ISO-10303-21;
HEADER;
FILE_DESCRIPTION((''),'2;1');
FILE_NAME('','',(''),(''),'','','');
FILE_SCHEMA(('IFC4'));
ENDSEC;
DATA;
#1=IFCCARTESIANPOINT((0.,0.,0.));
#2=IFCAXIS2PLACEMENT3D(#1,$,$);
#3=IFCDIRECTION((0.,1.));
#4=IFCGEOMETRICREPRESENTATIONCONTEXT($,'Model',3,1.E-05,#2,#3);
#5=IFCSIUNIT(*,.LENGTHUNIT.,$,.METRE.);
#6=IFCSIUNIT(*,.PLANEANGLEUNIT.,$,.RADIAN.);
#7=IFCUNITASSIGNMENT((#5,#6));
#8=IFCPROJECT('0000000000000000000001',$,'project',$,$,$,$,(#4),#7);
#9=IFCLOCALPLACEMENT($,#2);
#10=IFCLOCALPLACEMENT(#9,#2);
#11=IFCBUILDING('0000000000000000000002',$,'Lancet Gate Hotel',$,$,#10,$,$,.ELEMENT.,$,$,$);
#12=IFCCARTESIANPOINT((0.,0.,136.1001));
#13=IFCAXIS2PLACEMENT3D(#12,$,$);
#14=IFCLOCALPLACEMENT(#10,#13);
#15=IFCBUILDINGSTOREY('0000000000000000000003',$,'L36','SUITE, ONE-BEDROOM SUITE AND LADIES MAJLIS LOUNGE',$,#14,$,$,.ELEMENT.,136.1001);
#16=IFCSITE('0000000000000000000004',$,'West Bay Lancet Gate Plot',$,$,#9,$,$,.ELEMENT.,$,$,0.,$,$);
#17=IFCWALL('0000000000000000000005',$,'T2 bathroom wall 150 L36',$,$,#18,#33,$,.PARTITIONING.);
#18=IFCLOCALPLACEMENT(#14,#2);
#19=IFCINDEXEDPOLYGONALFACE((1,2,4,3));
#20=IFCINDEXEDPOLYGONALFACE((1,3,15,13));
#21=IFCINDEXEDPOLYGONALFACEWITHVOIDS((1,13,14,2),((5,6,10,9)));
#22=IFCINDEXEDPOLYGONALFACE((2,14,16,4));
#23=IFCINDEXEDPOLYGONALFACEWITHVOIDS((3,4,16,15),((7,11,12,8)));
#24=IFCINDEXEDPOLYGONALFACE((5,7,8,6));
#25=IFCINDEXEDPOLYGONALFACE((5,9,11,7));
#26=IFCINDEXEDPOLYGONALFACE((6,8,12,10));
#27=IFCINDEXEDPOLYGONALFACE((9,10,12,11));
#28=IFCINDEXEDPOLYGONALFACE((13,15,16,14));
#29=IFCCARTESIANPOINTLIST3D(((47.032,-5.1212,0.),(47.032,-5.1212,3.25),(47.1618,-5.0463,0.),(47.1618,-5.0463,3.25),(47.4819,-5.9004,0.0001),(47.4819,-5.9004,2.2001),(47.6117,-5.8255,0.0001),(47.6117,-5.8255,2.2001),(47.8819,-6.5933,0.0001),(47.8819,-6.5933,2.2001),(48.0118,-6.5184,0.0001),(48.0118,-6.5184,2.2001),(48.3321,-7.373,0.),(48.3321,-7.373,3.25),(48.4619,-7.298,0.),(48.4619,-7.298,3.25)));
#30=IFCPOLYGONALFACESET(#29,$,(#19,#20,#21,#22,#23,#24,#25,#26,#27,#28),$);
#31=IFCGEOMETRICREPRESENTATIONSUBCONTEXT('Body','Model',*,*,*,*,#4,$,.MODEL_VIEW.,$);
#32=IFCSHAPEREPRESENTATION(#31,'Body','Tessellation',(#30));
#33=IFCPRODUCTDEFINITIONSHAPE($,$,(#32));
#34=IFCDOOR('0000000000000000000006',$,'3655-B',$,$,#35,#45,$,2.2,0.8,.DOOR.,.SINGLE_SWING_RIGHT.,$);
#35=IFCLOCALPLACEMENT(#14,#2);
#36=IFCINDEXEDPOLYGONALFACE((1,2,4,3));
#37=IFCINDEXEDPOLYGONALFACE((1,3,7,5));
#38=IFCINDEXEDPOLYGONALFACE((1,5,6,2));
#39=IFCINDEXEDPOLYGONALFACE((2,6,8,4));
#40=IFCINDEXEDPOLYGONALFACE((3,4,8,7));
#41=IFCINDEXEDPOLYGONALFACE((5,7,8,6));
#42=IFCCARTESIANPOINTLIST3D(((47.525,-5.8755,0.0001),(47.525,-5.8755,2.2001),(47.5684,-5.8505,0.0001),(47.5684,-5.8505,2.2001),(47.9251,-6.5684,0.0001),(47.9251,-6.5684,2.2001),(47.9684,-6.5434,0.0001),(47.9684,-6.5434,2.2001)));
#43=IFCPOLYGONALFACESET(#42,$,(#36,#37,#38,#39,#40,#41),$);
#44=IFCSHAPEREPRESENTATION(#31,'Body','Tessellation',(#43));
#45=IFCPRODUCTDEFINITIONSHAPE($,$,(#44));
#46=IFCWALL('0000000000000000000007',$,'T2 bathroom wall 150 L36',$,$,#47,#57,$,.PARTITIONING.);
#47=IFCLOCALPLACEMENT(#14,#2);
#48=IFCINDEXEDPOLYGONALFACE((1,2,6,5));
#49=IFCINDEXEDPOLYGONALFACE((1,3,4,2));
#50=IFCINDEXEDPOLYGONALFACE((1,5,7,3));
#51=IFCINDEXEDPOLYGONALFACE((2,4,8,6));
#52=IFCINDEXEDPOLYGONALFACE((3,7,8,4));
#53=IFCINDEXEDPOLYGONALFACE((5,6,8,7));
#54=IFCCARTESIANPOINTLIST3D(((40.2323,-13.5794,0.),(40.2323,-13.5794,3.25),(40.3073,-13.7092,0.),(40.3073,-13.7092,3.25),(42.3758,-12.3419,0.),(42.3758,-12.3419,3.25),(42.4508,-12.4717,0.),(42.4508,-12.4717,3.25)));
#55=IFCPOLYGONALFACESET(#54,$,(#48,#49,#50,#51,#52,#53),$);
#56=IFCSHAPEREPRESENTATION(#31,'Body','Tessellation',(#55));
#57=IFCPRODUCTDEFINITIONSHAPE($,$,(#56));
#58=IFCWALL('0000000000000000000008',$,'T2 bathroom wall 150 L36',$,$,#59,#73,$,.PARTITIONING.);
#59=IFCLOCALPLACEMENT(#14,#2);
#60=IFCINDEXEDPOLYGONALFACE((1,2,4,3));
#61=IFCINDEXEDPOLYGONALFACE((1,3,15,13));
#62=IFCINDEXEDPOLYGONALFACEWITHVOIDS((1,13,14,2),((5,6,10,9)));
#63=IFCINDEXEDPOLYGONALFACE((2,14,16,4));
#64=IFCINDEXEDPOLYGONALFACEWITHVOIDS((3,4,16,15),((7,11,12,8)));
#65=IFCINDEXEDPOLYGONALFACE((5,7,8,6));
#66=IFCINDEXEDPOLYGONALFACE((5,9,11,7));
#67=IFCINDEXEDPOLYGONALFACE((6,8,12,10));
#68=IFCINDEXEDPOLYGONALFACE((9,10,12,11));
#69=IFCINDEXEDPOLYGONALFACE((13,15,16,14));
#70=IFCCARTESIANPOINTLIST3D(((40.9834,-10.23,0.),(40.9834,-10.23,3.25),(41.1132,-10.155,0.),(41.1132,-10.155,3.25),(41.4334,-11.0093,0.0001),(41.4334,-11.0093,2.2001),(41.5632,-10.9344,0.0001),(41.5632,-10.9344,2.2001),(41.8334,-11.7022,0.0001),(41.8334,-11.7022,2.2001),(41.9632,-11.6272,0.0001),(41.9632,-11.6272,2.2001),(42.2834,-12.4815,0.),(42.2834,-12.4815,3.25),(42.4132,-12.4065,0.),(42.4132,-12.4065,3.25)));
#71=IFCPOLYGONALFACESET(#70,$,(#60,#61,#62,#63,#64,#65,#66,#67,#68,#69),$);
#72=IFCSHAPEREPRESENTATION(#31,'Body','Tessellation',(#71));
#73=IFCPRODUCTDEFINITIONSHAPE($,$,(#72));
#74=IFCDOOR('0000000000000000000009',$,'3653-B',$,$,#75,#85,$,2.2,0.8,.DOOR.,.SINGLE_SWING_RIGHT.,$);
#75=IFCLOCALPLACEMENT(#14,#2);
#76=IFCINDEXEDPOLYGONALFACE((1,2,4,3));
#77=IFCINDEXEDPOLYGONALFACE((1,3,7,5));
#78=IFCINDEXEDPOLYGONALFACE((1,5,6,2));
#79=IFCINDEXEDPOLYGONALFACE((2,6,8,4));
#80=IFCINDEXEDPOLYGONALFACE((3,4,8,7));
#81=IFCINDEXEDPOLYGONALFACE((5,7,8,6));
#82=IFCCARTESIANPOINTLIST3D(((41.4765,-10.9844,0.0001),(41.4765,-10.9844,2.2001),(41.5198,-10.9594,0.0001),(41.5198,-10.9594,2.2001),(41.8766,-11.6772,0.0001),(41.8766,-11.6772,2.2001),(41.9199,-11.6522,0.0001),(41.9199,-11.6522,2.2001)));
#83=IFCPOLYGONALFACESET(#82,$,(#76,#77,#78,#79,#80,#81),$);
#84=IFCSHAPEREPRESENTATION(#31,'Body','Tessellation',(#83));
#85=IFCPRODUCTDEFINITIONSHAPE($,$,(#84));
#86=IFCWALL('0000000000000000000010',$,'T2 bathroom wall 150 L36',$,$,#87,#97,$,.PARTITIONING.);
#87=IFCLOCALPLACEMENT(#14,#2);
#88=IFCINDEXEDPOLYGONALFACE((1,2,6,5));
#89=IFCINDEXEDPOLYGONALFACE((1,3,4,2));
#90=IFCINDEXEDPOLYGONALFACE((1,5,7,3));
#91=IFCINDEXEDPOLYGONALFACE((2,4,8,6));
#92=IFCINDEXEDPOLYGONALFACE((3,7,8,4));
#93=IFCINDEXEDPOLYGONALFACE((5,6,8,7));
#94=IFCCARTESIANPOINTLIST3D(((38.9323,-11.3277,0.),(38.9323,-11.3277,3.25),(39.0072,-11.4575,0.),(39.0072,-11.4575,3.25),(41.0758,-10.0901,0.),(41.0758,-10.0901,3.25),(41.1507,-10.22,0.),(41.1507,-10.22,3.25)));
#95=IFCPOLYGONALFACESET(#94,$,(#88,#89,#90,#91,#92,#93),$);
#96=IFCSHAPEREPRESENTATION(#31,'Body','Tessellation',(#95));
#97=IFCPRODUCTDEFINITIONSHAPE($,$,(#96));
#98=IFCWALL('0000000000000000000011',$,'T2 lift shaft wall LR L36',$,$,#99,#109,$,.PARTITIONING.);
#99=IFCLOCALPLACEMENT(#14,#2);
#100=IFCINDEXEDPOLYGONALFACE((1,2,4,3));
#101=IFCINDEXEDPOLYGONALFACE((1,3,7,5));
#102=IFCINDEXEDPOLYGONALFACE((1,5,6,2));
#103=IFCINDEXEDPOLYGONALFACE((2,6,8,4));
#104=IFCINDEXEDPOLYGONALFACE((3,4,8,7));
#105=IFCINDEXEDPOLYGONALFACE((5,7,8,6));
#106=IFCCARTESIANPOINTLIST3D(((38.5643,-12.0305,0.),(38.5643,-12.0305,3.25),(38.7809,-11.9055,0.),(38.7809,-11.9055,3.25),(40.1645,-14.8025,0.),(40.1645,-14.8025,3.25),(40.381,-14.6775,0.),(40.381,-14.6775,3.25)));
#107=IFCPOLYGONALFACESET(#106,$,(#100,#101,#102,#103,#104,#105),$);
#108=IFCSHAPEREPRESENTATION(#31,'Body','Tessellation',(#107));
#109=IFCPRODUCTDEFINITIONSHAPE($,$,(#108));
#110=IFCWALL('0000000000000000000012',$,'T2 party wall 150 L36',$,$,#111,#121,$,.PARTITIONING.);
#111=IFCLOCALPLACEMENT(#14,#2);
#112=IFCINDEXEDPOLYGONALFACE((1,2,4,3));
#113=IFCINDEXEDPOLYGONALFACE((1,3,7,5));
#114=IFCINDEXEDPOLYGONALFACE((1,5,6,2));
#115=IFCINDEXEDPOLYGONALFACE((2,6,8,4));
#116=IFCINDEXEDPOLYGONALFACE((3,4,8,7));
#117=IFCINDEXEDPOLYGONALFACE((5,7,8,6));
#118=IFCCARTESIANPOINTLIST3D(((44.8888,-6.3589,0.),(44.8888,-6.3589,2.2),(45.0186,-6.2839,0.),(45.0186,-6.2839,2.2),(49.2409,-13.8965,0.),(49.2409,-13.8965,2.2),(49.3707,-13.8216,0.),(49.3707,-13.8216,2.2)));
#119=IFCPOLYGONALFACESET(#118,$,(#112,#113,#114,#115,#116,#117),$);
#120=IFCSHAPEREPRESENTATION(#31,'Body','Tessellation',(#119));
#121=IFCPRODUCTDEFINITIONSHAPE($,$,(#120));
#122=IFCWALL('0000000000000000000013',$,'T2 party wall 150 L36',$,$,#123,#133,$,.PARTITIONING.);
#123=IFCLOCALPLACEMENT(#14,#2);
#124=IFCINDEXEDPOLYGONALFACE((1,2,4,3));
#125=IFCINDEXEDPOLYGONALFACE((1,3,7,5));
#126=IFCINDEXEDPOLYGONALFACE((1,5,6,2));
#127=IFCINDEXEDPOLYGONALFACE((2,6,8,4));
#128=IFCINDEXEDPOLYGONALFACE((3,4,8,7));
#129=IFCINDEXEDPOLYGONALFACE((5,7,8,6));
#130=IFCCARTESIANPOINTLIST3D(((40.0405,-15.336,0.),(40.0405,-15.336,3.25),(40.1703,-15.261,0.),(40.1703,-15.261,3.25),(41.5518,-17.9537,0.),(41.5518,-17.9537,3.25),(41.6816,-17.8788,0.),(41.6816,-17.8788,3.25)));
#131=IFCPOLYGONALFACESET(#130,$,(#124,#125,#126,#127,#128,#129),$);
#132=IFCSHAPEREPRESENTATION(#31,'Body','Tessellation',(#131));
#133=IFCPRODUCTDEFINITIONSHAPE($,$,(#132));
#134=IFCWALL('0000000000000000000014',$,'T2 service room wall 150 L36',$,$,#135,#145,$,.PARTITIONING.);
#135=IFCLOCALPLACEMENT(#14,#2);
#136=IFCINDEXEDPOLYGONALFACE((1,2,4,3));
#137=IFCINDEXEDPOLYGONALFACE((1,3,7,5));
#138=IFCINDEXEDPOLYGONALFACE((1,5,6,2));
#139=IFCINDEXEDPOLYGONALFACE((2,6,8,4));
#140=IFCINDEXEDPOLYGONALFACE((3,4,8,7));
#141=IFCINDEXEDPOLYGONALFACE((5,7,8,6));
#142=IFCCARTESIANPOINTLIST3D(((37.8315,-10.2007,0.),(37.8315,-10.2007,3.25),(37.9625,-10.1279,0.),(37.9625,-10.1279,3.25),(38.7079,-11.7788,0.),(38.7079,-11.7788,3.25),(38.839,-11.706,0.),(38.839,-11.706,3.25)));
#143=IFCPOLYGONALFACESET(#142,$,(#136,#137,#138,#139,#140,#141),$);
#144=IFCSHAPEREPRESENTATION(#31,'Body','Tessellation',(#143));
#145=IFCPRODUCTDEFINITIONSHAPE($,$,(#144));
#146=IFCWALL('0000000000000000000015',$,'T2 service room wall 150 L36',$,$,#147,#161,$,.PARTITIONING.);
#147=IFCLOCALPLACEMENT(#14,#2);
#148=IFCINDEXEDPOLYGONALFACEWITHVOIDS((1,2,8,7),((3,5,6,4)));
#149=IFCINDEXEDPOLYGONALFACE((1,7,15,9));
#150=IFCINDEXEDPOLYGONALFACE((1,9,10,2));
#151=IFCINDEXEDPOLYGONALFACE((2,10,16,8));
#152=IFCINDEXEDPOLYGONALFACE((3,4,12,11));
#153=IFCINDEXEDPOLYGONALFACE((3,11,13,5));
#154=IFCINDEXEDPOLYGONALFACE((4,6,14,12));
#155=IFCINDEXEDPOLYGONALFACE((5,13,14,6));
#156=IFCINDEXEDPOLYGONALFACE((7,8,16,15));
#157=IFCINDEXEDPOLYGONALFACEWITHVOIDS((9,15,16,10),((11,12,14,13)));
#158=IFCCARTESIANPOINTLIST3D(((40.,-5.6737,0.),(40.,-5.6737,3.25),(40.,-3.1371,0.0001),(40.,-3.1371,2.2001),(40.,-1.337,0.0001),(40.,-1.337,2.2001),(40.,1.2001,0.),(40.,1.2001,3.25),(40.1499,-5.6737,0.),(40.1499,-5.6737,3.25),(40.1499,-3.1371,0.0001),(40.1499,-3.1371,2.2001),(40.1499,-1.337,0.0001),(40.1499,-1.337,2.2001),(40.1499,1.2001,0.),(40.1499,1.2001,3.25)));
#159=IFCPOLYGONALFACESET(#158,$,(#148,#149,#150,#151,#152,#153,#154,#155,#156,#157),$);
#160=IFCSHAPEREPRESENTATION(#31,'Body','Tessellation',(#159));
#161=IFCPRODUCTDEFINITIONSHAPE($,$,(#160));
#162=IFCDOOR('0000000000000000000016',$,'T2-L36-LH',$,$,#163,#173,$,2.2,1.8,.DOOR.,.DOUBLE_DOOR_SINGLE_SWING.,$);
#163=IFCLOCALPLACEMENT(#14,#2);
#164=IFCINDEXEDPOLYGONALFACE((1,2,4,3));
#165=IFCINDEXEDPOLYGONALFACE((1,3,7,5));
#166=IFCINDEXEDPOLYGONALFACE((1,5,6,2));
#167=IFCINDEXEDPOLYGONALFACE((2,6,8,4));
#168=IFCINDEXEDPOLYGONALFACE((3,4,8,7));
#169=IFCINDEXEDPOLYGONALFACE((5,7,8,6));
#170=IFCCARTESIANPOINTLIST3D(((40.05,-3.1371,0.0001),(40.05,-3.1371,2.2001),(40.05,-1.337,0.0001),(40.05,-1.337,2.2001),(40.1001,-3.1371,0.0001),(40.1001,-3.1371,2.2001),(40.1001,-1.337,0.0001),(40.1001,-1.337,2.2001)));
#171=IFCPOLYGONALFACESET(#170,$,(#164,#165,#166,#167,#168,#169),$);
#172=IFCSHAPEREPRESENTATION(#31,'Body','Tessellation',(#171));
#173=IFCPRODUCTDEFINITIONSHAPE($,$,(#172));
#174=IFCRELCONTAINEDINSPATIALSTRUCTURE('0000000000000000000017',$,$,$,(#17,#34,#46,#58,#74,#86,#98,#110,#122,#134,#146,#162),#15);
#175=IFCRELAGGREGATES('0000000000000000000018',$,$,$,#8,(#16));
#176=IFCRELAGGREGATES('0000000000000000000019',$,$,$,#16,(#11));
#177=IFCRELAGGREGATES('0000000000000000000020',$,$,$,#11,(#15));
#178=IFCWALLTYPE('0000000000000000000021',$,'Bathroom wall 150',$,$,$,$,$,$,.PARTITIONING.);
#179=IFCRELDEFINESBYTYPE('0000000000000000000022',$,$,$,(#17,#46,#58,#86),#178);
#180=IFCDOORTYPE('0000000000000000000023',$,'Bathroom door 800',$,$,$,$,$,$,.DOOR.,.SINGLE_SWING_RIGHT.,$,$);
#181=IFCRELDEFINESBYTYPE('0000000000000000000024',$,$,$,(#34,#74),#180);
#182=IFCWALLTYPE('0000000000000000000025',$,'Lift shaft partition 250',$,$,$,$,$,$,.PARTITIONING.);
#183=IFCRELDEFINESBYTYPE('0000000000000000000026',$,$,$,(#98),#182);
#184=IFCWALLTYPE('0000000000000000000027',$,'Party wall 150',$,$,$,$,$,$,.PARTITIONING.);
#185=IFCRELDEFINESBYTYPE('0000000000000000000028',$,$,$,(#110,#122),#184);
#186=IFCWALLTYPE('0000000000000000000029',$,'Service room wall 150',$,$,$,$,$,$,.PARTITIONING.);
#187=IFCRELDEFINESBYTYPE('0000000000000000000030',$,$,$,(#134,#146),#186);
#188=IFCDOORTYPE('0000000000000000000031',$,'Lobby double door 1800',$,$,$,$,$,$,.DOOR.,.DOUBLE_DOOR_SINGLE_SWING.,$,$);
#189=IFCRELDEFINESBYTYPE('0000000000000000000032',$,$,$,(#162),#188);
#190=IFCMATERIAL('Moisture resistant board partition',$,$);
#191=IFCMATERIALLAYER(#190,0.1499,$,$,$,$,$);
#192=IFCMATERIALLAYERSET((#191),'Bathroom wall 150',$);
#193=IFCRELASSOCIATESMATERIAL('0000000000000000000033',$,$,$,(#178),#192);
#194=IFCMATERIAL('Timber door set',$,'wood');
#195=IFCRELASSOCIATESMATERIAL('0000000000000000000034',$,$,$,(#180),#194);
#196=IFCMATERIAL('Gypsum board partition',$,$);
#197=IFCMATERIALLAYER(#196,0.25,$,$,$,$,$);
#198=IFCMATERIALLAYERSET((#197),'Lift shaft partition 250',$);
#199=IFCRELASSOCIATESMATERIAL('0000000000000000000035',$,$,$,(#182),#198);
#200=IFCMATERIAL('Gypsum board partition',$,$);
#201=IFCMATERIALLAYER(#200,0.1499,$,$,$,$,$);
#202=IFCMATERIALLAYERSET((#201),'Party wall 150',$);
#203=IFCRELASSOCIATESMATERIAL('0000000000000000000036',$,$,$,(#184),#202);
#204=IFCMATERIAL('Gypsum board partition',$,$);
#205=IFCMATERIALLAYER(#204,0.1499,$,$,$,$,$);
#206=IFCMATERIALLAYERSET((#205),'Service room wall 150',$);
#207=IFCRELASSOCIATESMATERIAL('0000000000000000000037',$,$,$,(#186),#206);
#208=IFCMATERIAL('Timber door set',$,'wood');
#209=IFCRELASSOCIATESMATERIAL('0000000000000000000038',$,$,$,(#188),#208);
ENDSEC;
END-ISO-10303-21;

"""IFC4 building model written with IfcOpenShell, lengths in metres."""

from ifc_helpers import new_model, si_unit, direction, frame, frame_2d, origin, place, context, subcontext, project, spatial, rectangle, extrude, material, layer, layer_set, type_object, element, fill, save


model = new_model("IFC4")

# Units and contexts
model_context = context("Model", 3, precision=1e-05, world=origin(), true_north=direction((0.0, 1.0)))
body_context = subcontext(model_context, "Body", "Model", "MODEL_VIEW")
ifc_project = project(units=[si_unit("LENGTHUNIT", "METRE"), si_unit("PLANEANGLEUNIT", "RADIAN")], contexts=[model_context])

# Site, building, storey
site_placement = place(None, origin())
site = spatial("IfcSite", under=ifc_project, at=site_placement, Name="West Bay Lancet Gate Plot", CompositionType="ELEMENT", RefElevation=0.0)
building_placement = place(site_placement, origin())
building = spatial("IfcBuilding", under=site, at=building_placement, Name="Lancet Gate Hotel", CompositionType="ELEMENT")
storey_placement = place(building_placement, frame((0.0, 0.0, 136.1001)))
storey = spatial("IfcBuildingStorey", under=building, at=storey_placement, Name="L36", Description="SUITE, ONE-BEDROOM SUITE AND LADIES MAJLIS LOUNGE", CompositionType="ELEMENT", Elevation=136.1001)

# Shared definitions
ifc_material_1 = material(Name="Moisture resistant board partition")
ifc_layer_1 = layer(ifc_material_1, 0.1499)
ifc_layer_set_1 = layer_set([ifc_layer_1], Name="Bathroom wall 150")
wall_type_1 = type_object("IfcWallType", Name="Bathroom wall 150", PredefinedType="PARTITIONING", material=ifc_layer_set_1)

# Wall, opening, door
wall_1_placement = place(storey_placement, frame((47.0969, -5.0837, 0.0), z_axis=(0.0, 0.0, 1.0), x_axis=(0.500007, -0.866021, 0.0)))
wall_1 = element("IfcWall", 1, at=wall_1_placement, inside=storey, type_object=wall_type_1, Name="T2 bathroom wall 150 L36", PredefinedType="PARTITIONING", context=body_context, shape_type="SweptSolid", body=[
    extrude(rectangle(XDim=2.6001, YDim=0.1499, at=frame_2d((1.3, 0.0))), origin(), (0.0, 0.0, 1.0), 3.25),
])
opening_1_placement = place(wall_1_placement, frame((0.8999, 0.0, 0.0)))
opening_1 = element("IfcOpeningElement", 2, at=opening_1_placement, cuts=wall_1, PredefinedType="OPENING", context=body_context, shape_type="SweptSolid", body=[
    extrude(rectangle(XDim=0.8, YDim=2.2, at=frame_2d((0.3999, 1.1001))), frame((0.0, 0.085, 0.0), z_axis=(0.0, -1.0, 0.0), x_axis=(1.0, 0.0, 0.0)), (0.0, 0.0, 1.0), 0.1699),
])
ifc_material_2 = material(Name="Timber door set", Category="wood")
door_type_1 = type_object("IfcDoorType", Name="Bathroom door 800", OperationType="SINGLE_SWING_RIGHT", PredefinedType="DOOR", material=ifc_material_2)
door_1_placement = place(opening_1_placement, origin())
door_1 = element("IfcDoor", 3, at=door_1_placement, inside=storey, type_object=door_type_1, Name="3655-B", OperationType="SINGLE_SWING_RIGHT", OverallHeight=2.2, OverallWidth=0.8, PredefinedType="DOOR", context=body_context, shape_type="SweptSolid", body=[
    extrude(rectangle(XDim=0.8, YDim=2.2, at=frame_2d((0.3999, 1.1001))), frame((0.0, 0.0249, 0.0), z_axis=(0.0, -1.0, 0.0), x_axis=(1.0, 0.0, 0.0)), (0.0, 0.0, 1.0), 0.05),
])
fill(opening_1, door_1)

# Wall
wall_2_placement = place(storey_placement, frame((40.2698, -13.6443, 0.0), z_axis=(0.0, 0.0, 1.0), x_axis=(0.866031, 0.49999, 0.0)))
element("IfcWall", 4, at=wall_2_placement, inside=storey, type_object=wall_type_1, Name="T2 bathroom wall 150 L36", PredefinedType="PARTITIONING", context=body_context, shape_type="SweptSolid", body=[
    extrude(rectangle(XDim=2.4751, YDim=0.1499, at=frame_2d((1.2375, 0.0))), origin(), (0.0, 0.0, 1.0), 3.25),
])

# Wall, opening, door
wall_3_placement = place(storey_placement, frame((41.0483, -10.1926, 0.0), z_axis=(0.0, 0.0, 1.0), x_axis=(0.500048, -0.865998, 0.0)))
wall_3 = element("IfcWall", 5, at=wall_3_placement, inside=storey, type_object=wall_type_1, Name="T2 bathroom wall 150 L36", PredefinedType="PARTITIONING", context=body_context, shape_type="SweptSolid", body=[
    extrude(rectangle(XDim=2.5999, YDim=0.1499, at=frame_2d((1.2998, 0.0))), origin(), (0.0, 0.0, 1.0), 3.25),
])
opening_2_placement = place(wall_3_placement, frame((0.8999, 0.0, 0.0)))
opening_2 = element("IfcOpeningElement", 6, at=opening_2_placement, cuts=wall_3, PredefinedType="OPENING", context=body_context, shape_type="SweptSolid", body=[
    extrude(rectangle(XDim=0.8, YDim=2.2, at=frame_2d((0.3999, 1.1001))), frame((0.0, 0.085, 0.0), z_axis=(0.0, -1.0, 0.0), x_axis=(1.0, 0.0, 0.0)), (0.0, 0.0, 1.0), 0.1699),
])
door_2_placement = place(opening_2_placement, origin())
door_2 = element("IfcDoor", 7, at=door_2_placement, inside=storey, type_object=door_type_1, Name="3653-B", OperationType="SINGLE_SWING_RIGHT", OverallHeight=2.2, OverallWidth=0.8, PredefinedType="DOOR", context=body_context, shape_type="SweptSolid", body=[
    extrude(rectangle(XDim=0.8, YDim=2.2, at=frame_2d((0.3999, 1.1001))), frame((0.0, 0.0249, 0.0), z_axis=(0.0, -1.0, 0.0), x_axis=(1.0, 0.0, 0.0)), (0.0, 0.0, 1.0), 0.05),
])
fill(opening_2, door_2)

# Walls
wall_4_placement = place(storey_placement, frame((38.9697, -11.3926, 0.0), z_axis=(0.0, 0.0, 1.0), x_axis=(0.866031, 0.49999, 0.0)))
element("IfcWall", 8, at=wall_4_placement, inside=storey, type_object=wall_type_1, Name="T2 bathroom wall 150 L36", PredefinedType="PARTITIONING", context=body_context, shape_type="SweptSolid", body=[
    extrude(rectangle(XDim=2.4751, YDim=0.1499, at=frame_2d((1.2375, 0.0))), origin(), (0.0, 0.0, 1.0), 3.25),
])
ifc_material_3 = material(Name="Gypsum board partition")
ifc_layer_2 = layer(ifc_material_3, 0.25)
ifc_layer_set_2 = layer_set([ifc_layer_2], Name="Lift shaft partition 250")
wall_type_2 = type_object("IfcWallType", Name="Lift shaft partition 250", PredefinedType="PARTITIONING", material=ifc_layer_set_2)
wall_5_placement = place(storey_placement, frame((38.6726, -11.968, 0.0), z_axis=(0.0, 0.0, 1.0), x_axis=(0.499929, -0.866066, 0.0)))
element("IfcWall", 9, at=wall_5_placement, inside=storey, type_object=wall_type_2, Name="T2 lift shaft wall LR L36", PredefinedType="PARTITIONING", context=body_context, shape_type="SweptSolid", body=[
    extrude(rectangle(XDim=3.2007, YDim=0.25, at=frame_2d((1.6003, 0.0))), origin(), (0.0, 0.0, 1.0), 3.25),
])
ifc_material_4 = material(Name="Gypsum board partition")
ifc_layer_3 = layer(ifc_material_4, 0.1499)
ifc_layer_set_3 = layer_set([ifc_layer_3], Name="Party wall 150")
wall_type_3 = type_object("IfcWallType", Name="Party wall 150", PredefinedType="PARTITIONING", material=ifc_layer_set_3)
wall_6_placement = place(storey_placement, frame((44.9536, -6.3213, 0.0), z_axis=(0.0, 0.0, 1.0), x_axis=(0.500019, -0.866015, 0.0)))
element("IfcWall", 10, at=wall_6_placement, inside=storey, type_object=wall_type_3, Name="T2 party wall 150 L36", PredefinedType="PARTITIONING", context=body_context, shape_type="SweptSolid", body=[
    extrude(rectangle(XDim=8.7039, YDim=0.1499, at=frame_2d((4.3521, 0.0))), origin(), (0.0, 0.0, 1.0), 2.2),
])
wall_7_placement = place(storey_placement, frame((40.1055, -15.2986, 0.0), z_axis=(0.0, 0.0, 1.0), x_axis=(0.499979, -0.866038, 0.0)))
element("IfcWall", 11, at=wall_7_placement, inside=storey, type_object=wall_type_3, Name="T2 party wall 150 L36", PredefinedType="PARTITIONING", context=body_context, shape_type="SweptSolid", body=[
    extrude(rectangle(XDim=3.0227, YDim=0.1499, at=frame_2d((1.5112, 0.0))), origin(), (0.0, 0.0, 1.0), 3.25),
])
ifc_material_5 = material(Name="Gypsum board partition")
ifc_layer_4 = layer(ifc_material_5, 0.1499)
ifc_layer_set_4 = layer_set([ifc_layer_4], Name="Service room wall 150")
wall_type_4 = type_object("IfcWallType", Name="Service room wall 150", PredefinedType="PARTITIONING", material=ifc_layer_set_4)
wall_8_placement = place(storey_placement, frame((38.7734, -11.7424, 0.0), z_axis=(0.0, 0.0, 1.0), x_axis=(-0.485528, 0.874221, 0.0)))
element("IfcWall", 12, at=wall_8_placement, inside=storey, type_object=wall_type_4, Name="T2 service room wall 150 L36", PredefinedType="PARTITIONING", context=body_context, shape_type="SweptSolid", body=[
    extrude(rectangle(XDim=1.8052, YDim=0.1499, at=frame_2d((0.9026, 0.0))), origin(), (0.0, 0.0, 1.0), 3.25),
])

# Wall, opening, door
wall_9_placement = place(storey_placement, frame((40.075, -5.6738, 0.0), z_axis=(0.0, 0.0, 1.0), x_axis=(0.0, 1.0, 0.0)))
wall_9 = element("IfcWall", 13, at=wall_9_placement, inside=storey, type_object=wall_type_4, Name="T2 service room wall 150 L36", PredefinedType="PARTITIONING", context=body_context, shape_type="SweptSolid", body=[
    extrude(rectangle(XDim=6.8738, YDim=0.1499, at=frame_2d((3.437, 0.0))), origin(), (0.0, 0.0, 1.0), 3.25),
])
opening_3_placement = place(wall_9_placement, frame((2.5369, 0.0, 0.0)))
opening_3 = element("IfcOpeningElement", 14, at=opening_3_placement, cuts=wall_9, PredefinedType="OPENING", context=body_context, shape_type="SweptSolid", body=[
    extrude(rectangle(XDim=1.8, YDim=2.2, at=frame_2d((0.8999, 1.1001))), frame((0.0, 0.085, 0.0), z_axis=(0.0, -1.0, 0.0), x_axis=(1.0, 0.0, 0.0)), (0.0, 0.0, 1.0), 0.1699),
])
ifc_material_6 = material(Name="Timber door set", Category="wood")
door_type_2 = type_object("IfcDoorType", Name="Lobby double door 1800", OperationType="DOUBLE_DOOR_SINGLE_SWING", PredefinedType="DOOR", material=ifc_material_6)
door_3_placement = place(opening_3_placement, origin())
door_3 = element("IfcDoor", 15, at=door_3_placement, inside=storey, type_object=door_type_2, Name="T2-L36-LH", OperationType="DOUBLE_DOOR_SINGLE_SWING", OverallHeight=2.2, OverallWidth=1.8, PredefinedType="DOOR", context=body_context, shape_type="SweptSolid", body=[
    extrude(rectangle(XDim=1.8, YDim=2.2, at=frame_2d((0.8999, 1.1001))), frame((0.0, 0.0249, 0.0), z_axis=(0.0, -1.0, 0.0), x_axis=(1.0, 0.0, 0.0)), (0.0, 0.0, 1.0), 0.05),
])
fill(opening_3, door_3)

save(model, "model.ifc")
